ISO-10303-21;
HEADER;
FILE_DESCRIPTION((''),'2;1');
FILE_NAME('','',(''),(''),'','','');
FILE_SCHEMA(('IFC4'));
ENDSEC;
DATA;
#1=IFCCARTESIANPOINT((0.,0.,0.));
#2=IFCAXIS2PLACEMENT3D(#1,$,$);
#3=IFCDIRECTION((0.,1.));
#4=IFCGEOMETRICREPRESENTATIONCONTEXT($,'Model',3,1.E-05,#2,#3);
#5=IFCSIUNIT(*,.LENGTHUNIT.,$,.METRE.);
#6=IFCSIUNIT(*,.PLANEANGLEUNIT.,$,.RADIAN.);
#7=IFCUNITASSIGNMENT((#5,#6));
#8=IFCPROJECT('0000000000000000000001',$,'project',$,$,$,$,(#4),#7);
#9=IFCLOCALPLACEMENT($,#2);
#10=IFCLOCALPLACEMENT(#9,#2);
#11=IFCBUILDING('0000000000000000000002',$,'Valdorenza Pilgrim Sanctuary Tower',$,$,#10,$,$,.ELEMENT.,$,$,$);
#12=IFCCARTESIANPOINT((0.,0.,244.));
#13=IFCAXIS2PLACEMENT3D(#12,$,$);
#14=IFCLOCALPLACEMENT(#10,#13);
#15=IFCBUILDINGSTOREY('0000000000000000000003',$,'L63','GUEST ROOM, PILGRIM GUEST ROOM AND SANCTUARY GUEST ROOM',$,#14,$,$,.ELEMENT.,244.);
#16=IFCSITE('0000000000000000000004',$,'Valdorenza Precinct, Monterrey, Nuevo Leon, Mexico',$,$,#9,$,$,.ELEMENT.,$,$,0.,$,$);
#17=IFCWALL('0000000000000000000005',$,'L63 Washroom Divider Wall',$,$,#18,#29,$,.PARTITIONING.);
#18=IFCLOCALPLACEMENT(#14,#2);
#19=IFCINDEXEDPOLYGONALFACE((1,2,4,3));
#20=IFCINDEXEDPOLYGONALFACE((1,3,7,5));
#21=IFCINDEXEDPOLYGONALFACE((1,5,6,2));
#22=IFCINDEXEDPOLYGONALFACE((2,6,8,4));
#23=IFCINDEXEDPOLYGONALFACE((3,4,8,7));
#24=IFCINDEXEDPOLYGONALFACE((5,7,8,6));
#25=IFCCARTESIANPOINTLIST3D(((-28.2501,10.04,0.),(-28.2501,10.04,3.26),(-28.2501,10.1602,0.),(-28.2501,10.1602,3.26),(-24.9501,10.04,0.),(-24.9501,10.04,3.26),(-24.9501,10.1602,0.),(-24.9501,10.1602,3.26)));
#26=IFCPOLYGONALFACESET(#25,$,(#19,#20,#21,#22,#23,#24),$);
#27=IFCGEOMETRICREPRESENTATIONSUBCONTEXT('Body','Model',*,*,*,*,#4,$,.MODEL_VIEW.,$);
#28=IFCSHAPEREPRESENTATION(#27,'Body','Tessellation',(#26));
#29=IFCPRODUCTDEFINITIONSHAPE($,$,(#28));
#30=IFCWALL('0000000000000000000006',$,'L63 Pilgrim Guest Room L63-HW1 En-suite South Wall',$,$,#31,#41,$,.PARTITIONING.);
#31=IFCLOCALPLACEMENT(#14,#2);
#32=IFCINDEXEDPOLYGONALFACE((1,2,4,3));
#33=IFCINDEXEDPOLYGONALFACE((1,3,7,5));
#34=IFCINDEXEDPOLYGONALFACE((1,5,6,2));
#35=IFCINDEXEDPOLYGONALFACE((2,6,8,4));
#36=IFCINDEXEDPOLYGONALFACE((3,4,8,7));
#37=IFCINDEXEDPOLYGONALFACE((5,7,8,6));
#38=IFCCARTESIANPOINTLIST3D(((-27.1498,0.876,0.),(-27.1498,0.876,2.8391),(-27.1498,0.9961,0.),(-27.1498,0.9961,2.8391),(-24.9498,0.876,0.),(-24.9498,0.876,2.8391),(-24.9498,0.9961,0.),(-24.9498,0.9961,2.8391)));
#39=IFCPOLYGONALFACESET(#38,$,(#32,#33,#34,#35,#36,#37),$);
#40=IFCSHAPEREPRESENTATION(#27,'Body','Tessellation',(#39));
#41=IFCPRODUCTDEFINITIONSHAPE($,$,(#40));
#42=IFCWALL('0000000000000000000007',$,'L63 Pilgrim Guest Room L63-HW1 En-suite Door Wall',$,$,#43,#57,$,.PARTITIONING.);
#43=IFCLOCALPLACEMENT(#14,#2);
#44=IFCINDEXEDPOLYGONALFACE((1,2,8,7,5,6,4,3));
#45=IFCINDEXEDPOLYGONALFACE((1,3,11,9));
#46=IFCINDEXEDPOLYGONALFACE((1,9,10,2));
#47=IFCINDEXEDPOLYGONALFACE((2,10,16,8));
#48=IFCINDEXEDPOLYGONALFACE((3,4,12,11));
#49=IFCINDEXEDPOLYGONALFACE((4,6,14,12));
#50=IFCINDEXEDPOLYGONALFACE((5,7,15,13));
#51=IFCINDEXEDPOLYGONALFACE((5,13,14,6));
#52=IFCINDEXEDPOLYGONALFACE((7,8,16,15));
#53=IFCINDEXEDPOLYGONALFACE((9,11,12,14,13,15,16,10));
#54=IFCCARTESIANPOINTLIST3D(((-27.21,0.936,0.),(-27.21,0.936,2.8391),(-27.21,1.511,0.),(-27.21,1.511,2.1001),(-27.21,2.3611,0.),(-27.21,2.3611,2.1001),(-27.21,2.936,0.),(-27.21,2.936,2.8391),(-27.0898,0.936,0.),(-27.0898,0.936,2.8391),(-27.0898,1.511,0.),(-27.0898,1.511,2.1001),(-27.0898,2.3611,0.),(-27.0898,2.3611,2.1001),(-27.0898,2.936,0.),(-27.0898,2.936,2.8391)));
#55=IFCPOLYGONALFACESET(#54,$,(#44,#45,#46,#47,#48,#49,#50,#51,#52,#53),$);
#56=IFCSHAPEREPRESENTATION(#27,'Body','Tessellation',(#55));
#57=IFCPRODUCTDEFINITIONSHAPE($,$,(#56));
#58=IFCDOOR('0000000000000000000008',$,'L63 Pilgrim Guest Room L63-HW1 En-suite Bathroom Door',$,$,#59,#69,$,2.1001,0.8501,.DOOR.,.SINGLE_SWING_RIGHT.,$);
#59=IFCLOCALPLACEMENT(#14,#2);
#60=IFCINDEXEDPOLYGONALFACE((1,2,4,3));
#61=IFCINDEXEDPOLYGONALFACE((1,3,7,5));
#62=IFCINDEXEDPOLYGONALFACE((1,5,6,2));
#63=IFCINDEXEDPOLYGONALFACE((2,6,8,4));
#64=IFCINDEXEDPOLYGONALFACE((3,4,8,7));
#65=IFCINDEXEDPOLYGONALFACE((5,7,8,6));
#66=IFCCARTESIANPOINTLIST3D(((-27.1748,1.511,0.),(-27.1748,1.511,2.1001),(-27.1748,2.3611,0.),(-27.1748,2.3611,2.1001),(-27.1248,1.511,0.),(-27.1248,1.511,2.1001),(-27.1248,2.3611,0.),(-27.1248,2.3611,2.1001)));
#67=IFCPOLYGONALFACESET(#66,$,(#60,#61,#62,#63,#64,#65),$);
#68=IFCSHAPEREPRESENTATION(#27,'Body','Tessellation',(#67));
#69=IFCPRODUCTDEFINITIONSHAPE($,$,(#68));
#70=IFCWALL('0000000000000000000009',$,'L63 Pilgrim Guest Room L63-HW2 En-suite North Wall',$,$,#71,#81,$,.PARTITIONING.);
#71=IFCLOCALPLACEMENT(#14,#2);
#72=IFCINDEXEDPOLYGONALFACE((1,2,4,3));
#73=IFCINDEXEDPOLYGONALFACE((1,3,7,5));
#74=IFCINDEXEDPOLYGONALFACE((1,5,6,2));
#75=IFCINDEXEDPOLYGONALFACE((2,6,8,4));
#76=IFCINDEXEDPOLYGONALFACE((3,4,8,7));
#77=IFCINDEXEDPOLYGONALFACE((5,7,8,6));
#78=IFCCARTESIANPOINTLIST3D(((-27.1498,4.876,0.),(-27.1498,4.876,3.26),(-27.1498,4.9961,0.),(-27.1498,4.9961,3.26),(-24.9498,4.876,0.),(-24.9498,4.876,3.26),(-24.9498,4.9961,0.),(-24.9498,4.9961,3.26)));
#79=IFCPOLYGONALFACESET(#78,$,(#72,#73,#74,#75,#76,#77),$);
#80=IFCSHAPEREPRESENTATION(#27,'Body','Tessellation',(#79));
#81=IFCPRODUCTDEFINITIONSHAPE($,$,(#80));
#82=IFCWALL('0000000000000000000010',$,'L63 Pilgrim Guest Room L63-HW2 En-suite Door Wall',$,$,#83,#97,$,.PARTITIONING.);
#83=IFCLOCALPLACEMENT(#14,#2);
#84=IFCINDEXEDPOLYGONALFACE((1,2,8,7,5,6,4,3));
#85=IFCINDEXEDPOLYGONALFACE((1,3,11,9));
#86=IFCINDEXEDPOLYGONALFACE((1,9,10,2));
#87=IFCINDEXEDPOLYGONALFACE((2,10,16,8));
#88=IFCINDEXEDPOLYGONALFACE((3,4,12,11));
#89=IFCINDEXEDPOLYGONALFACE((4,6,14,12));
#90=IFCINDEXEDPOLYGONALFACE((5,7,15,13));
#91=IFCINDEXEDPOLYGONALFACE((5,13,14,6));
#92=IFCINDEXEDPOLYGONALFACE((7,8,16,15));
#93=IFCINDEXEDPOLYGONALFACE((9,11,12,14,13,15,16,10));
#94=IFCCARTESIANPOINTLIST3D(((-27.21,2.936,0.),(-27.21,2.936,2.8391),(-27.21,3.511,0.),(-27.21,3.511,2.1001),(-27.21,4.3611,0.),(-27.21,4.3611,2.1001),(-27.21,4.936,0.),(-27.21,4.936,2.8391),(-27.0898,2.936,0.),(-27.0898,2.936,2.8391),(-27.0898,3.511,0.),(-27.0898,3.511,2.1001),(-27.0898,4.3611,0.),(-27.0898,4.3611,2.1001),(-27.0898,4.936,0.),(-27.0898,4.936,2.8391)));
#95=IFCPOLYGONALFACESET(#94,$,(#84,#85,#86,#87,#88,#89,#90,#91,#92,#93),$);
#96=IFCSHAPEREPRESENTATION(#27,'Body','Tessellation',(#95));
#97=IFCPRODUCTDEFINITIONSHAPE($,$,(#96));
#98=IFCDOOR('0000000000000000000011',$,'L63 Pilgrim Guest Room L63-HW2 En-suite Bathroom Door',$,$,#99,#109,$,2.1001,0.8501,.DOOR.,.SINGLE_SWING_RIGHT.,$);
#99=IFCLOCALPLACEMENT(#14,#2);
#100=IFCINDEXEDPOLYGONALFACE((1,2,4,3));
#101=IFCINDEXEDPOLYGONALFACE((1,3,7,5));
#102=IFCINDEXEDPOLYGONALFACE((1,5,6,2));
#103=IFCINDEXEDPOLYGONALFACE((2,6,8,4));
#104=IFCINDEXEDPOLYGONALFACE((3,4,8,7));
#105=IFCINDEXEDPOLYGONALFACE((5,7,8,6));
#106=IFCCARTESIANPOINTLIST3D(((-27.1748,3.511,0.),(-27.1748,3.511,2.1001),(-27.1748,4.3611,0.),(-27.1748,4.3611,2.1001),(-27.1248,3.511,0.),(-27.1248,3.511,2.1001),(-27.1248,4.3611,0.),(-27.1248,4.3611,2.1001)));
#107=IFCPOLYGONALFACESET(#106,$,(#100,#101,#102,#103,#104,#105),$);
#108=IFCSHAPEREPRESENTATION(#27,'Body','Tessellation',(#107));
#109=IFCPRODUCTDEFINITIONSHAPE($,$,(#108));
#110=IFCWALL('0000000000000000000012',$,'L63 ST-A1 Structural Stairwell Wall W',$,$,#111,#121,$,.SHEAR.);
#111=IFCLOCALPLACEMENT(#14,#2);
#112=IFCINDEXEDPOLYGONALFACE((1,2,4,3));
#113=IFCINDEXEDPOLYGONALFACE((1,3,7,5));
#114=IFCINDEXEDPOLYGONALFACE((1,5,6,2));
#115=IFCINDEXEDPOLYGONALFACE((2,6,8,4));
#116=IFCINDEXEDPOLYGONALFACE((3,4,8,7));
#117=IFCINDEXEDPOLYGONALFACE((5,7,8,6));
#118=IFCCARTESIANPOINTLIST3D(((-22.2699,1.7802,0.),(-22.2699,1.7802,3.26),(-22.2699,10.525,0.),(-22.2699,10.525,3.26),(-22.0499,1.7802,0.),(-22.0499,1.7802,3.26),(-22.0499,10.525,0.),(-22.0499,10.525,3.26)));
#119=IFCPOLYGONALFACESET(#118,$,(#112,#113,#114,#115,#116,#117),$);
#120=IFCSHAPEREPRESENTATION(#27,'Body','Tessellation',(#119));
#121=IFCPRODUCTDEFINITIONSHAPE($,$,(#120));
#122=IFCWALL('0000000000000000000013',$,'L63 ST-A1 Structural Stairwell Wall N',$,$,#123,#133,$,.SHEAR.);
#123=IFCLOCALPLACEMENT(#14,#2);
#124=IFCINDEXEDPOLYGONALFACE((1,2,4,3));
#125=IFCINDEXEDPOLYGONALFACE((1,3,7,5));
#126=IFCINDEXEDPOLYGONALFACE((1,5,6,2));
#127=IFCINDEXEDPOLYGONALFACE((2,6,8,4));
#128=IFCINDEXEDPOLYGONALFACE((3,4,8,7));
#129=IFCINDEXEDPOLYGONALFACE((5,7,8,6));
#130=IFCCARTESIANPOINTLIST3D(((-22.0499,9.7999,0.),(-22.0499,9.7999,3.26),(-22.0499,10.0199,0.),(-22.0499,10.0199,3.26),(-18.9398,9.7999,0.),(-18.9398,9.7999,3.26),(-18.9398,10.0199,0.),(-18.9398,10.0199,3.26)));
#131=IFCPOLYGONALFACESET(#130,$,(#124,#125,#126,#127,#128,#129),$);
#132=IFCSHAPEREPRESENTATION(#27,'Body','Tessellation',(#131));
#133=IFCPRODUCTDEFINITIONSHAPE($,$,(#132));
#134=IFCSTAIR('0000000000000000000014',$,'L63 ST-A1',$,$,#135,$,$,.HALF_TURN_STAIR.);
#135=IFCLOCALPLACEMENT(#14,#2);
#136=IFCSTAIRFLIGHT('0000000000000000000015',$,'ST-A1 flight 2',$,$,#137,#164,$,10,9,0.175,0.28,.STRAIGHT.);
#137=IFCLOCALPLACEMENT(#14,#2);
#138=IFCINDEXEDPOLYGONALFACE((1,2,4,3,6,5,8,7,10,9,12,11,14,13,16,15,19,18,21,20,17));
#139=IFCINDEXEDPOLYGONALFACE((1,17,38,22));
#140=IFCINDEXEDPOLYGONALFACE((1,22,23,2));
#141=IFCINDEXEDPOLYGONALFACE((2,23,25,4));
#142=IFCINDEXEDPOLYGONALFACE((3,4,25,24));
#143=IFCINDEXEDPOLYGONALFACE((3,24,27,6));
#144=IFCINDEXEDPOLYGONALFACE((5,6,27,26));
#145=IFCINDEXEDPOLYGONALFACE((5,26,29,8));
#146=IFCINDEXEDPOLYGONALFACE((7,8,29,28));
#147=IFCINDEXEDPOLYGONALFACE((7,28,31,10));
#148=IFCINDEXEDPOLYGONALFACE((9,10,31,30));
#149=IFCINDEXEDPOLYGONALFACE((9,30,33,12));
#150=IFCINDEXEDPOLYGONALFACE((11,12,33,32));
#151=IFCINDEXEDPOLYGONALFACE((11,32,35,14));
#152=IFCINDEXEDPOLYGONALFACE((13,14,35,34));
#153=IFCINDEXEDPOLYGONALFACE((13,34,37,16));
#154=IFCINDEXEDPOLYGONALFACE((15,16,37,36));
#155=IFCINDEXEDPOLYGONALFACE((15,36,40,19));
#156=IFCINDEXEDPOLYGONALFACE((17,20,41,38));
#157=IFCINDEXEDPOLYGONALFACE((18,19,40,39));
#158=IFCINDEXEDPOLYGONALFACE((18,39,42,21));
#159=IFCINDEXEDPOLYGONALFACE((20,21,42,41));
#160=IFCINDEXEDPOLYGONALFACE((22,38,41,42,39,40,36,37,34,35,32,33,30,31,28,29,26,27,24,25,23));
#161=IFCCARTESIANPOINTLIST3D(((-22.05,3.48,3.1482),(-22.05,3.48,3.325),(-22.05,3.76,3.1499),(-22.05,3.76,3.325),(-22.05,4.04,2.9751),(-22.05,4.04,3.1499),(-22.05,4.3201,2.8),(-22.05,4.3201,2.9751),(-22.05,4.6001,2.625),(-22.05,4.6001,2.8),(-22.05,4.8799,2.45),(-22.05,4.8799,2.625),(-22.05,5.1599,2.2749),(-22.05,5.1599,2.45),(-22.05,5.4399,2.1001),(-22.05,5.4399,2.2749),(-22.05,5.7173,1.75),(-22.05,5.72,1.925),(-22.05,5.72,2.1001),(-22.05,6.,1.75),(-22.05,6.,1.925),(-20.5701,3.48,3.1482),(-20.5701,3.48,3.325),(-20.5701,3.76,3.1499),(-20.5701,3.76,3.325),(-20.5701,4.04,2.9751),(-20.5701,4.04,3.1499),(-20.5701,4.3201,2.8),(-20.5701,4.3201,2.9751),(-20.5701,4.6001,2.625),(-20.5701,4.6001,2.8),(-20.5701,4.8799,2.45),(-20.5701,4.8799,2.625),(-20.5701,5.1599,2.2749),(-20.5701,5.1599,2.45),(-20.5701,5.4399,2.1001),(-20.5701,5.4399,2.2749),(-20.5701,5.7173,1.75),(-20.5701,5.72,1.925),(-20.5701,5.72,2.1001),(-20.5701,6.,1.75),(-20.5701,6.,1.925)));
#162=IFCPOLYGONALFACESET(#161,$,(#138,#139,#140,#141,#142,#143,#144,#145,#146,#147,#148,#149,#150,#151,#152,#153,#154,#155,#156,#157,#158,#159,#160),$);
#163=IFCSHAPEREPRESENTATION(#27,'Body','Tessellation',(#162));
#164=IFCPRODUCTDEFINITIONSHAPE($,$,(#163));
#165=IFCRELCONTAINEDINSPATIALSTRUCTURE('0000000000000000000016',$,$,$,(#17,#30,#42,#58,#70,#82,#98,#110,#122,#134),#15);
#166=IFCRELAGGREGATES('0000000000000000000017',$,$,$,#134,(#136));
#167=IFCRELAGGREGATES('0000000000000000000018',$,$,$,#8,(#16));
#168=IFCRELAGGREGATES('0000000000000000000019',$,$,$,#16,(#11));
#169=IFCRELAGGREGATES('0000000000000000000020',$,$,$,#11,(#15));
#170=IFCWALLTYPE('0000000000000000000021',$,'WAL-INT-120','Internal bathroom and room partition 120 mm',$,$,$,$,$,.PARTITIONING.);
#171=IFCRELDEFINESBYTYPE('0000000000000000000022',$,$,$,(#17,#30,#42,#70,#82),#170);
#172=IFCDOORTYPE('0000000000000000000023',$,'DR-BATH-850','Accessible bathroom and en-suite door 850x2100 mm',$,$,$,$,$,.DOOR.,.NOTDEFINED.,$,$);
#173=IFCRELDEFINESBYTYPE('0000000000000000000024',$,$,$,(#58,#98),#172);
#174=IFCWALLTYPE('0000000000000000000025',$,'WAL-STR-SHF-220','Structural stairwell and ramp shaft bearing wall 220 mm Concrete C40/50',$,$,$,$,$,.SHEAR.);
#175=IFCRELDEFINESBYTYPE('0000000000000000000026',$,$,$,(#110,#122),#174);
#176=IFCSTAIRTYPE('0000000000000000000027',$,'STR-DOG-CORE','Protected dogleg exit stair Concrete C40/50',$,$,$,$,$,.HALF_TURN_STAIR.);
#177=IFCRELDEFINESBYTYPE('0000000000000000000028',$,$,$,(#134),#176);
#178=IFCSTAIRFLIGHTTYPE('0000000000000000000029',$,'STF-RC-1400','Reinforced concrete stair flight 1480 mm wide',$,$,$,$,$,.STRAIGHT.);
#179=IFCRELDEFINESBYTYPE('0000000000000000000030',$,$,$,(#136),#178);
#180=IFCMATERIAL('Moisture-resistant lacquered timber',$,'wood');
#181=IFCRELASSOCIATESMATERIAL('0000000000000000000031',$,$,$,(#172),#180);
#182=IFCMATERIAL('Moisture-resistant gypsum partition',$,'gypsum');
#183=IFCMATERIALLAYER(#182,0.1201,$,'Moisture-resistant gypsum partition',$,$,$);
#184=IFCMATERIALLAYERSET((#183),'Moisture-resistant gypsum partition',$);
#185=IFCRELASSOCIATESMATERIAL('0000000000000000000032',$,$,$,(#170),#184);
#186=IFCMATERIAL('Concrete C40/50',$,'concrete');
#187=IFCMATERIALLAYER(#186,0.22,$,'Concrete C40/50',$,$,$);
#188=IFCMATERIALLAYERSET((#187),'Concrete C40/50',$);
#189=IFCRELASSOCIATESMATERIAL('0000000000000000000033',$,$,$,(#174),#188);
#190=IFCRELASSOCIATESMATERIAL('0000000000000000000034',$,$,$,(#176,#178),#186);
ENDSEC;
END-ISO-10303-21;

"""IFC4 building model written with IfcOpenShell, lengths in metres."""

from ifc_helpers import new_model, si_unit, direction, frame, frame_2d, origin, place, context, subcontext, project, spatial, polyline, rectangle, outline, extrude, material, layer, layer_set, type_object, element, fill, aggregate, save


model = new_model("IFC4")

# Units and contexts
model_context = context("Model", 3, precision=1e-05, world=origin(), true_north=direction((0.0, 1.0)))
body_context = subcontext(model_context, "Body", "Model", "MODEL_VIEW")
ifc_project = project(units=[si_unit("LENGTHUNIT", "METRE"), si_unit("PLANEANGLEUNIT", "RADIAN")], contexts=[model_context])

# Site, building, storey
site_placement = place(None, origin())
site = spatial("IfcSite", under=ifc_project, at=site_placement, Name="Valdorenza Precinct, Monterrey, Nuevo Leon, Mexico", CompositionType="ELEMENT", RefElevation=0.0)
building_placement = place(site_placement, origin())
building = spatial("IfcBuilding", under=site, at=building_placement, Name="Valdorenza Pilgrim Sanctuary Tower", CompositionType="ELEMENT")
storey_placement = place(building_placement, frame((0.0, 0.0, 244.0)))
storey = spatial("IfcBuildingStorey", under=building, at=storey_placement, Name="L63", Description="GUEST ROOM, PILGRIM GUEST ROOM AND SANCTUARY GUEST ROOM", CompositionType="ELEMENT", Elevation=244.0)

# Shared definitions
ifc_material_1 = material(Name="Moisture-resistant lacquered timber", Category="wood")
door_type_1 = type_object("IfcDoorType", Name="DR-BATH-850", Description="Accessible bathroom and en-suite door 850x2100 mm", OperationType="NOTDEFINED", PredefinedType="DOOR", material=ifc_material_1)

# Walls
ifc_material_2 = material(Name="Moisture-resistant gypsum partition", Category="gypsum")
ifc_layer_1 = layer(ifc_material_2, 0.1201, Name="Moisture-resistant gypsum partition")
ifc_layer_set_1 = layer_set([ifc_layer_1], Name="Moisture-resistant gypsum partition")
wall_type_1 = type_object("IfcWallType", Name="WAL-INT-120", Description="Internal bathroom and room partition 120 mm", PredefinedType="PARTITIONING", material=ifc_layer_set_1)
wall_1_placement = place(storey_placement, frame((-28.25, 10.1001, 0.0), z_axis=(0.0, 0.0, 1.0), x_axis=(1.0, 0.0, 0.0)))
element("IfcWall", 1, at=wall_1_placement, inside=storey, type_object=wall_type_1, Name="L63 Washroom Divider Wall", PredefinedType="PARTITIONING", context=body_context, shape_type="SweptSolid", body=[
    extrude(rectangle(XDim=3.3, YDim=0.1201, at=frame_2d((1.6499, 0.0))), origin(), (0.0, 0.0, 1.0), 3.26),
])
wall_2_placement = place(storey_placement, frame((-27.1499, 0.936, 0.0), z_axis=(0.0, 0.0, 1.0), x_axis=(1.0, 0.0, 0.0)))
element("IfcWall", 2, at=wall_2_placement, inside=storey, type_object=wall_type_1, Name="L63 Pilgrim Guest Room L63-HW1 En-suite South Wall", PredefinedType="PARTITIONING", context=body_context, shape_type="SweptSolid", body=[
    extrude(rectangle(XDim=2.2, YDim=0.1201, at=frame_2d((1.1001, 0.0))), origin(), (0.0, 0.0, 1.0), 2.8391),
])

# Wall, opening, door
wall_3_placement = place(storey_placement, frame((-27.1499, 0.936, 0.0), z_axis=(0.0, 0.0, 1.0), x_axis=(0.0, 1.0, 0.0)))
wall_3 = element("IfcWall", 3, at=wall_3_placement, inside=storey, type_object=wall_type_1, Name="L63 Pilgrim Guest Room L63-HW1 En-suite Door Wall", PredefinedType="PARTITIONING", context=body_context, shape_type="SweptSolid", body=[
    extrude(rectangle(XDim=2.0, YDim=0.1201, at=frame_2d((1.0, 0.0))), origin(), (0.0, 0.0, 1.0), 2.8391),
])
opening_1_placement = place(wall_3_placement, frame((0.575, 0.0, 0.0)))
opening_1 = element("IfcOpeningElement", 4, at=opening_1_placement, cuts=wall_3, PredefinedType="OPENING", context=body_context, shape_type="SweptSolid", body=[
    extrude(rectangle(XDim=0.8501, YDim=2.1001, at=frame_2d((0.425, 1.05))), frame((0.0, 0.075, 0.0), z_axis=(0.0, -1.0, 0.0), x_axis=(1.0, 0.0, 0.0)), (0.0, 0.0, 1.0), 0.1499),
])
door_1_placement = place(opening_1_placement, origin())
door_1 = element("IfcDoor", 5, at=door_1_placement, inside=storey, type_object=door_type_1, Name="L63 Pilgrim Guest Room L63-HW1 En-suite Bathroom Door", OperationType="SINGLE_SWING_RIGHT", OverallHeight=2.1001, OverallWidth=0.8501, PredefinedType="DOOR", context=body_context, shape_type="SweptSolid", body=[
    extrude(rectangle(XDim=0.8501, YDim=2.1001, at=frame_2d((0.425, 1.05))), frame((0.0, 0.0249, 0.0), z_axis=(0.0, -1.0, 0.0), x_axis=(1.0, 0.0, 0.0)), (0.0, 0.0, 1.0), 0.05),
])
fill(opening_1, door_1)

# Wall
wall_4_placement = place(storey_placement, frame((-27.1499, 4.936, 0.0), z_axis=(0.0, 0.0, 1.0), x_axis=(1.0, 0.0, 0.0)))
element("IfcWall", 6, at=wall_4_placement, inside=storey, type_object=wall_type_1, Name="L63 Pilgrim Guest Room L63-HW2 En-suite North Wall", PredefinedType="PARTITIONING", context=body_context, shape_type="SweptSolid", body=[
    extrude(rectangle(XDim=2.2, YDim=0.1201, at=frame_2d((1.1001, 0.0))), origin(), (0.0, 0.0, 1.0), 3.26),
])

# Wall, opening, door
wall_5_placement = place(storey_placement, frame((-27.1499, 2.936, 0.0), z_axis=(0.0, 0.0, 1.0), x_axis=(0.0, 1.0, 0.0)))
wall_5 = element("IfcWall", 7, at=wall_5_placement, inside=storey, type_object=wall_type_1, Name="L63 Pilgrim Guest Room L63-HW2 En-suite Door Wall", PredefinedType="PARTITIONING", context=body_context, shape_type="SweptSolid", body=[
    extrude(rectangle(XDim=2.0, YDim=0.1201, at=frame_2d((1.0, 0.0))), origin(), (0.0, 0.0, 1.0), 2.8391),
])
opening_2_placement = place(wall_5_placement, frame((0.575, 0.0, 0.0)))
opening_2 = element("IfcOpeningElement", 8, at=opening_2_placement, cuts=wall_5, PredefinedType="OPENING", context=body_context, shape_type="SweptSolid", body=[
    extrude(rectangle(XDim=0.8501, YDim=2.1001, at=frame_2d((0.425, 1.05))), frame((0.0, 0.075, 0.0), z_axis=(0.0, -1.0, 0.0), x_axis=(1.0, 0.0, 0.0)), (0.0, 0.0, 1.0), 0.1499),
])
door_2_placement = place(opening_2_placement, origin())
door_2 = element("IfcDoor", 9, at=door_2_placement, inside=storey, type_object=door_type_1, Name="L63 Pilgrim Guest Room L63-HW2 En-suite Bathroom Door", OperationType="SINGLE_SWING_RIGHT", OverallHeight=2.1001, OverallWidth=0.8501, PredefinedType="DOOR", context=body_context, shape_type="SweptSolid", body=[
    extrude(rectangle(XDim=0.8501, YDim=2.1001, at=frame_2d((0.425, 1.05))), frame((0.0, 0.0249, 0.0), z_axis=(0.0, -1.0, 0.0), x_axis=(1.0, 0.0, 0.0)), (0.0, 0.0, 1.0), 0.05),
])
fill(opening_2, door_2)

# Wall
ifc_material_3 = material(Name="Concrete C40/50", Category="concrete")
ifc_layer_2 = layer(ifc_material_3, 0.22, Name="Concrete C40/50")
ifc_layer_set_2 = layer_set([ifc_layer_2], Name="Concrete C40/50")
wall_type_2 = type_object("IfcWallType", Name="WAL-STR-SHF-220", Description="Structural stairwell and ramp shaft bearing wall 220 mm Concrete C40/50", PredefinedType="SHEAR", material=ifc_layer_set_2)
wall_6_placement = place(storey_placement, frame((-22.1599, 1.78, 0.0), z_axis=(0.0, 0.0, 1.0), x_axis=(0.0, 1.0, 0.0)))
element("IfcWall", 10, at=wall_6_placement, inside=storey, type_object=wall_type_2, Name="L63 ST-A1 Structural Stairwell Wall W", PredefinedType="SHEAR", context=body_context, shape_type="SweptSolid", body=[
    extrude(rectangle(XDim=8.7449, YDim=0.22, at=frame_2d((4.3726, 0.0))), origin(), (0.0, 0.0, 1.0), 3.26),
])

# Wall
wall_7_placement = place(storey_placement, frame((-22.05, 9.9099, 0.0), z_axis=(0.0, 0.0, 1.0), x_axis=(1.0, 0.0, 0.0)))
element("IfcWall", 11, at=wall_7_placement, inside=storey, type_object=wall_type_2, Name="L63 ST-A1 Structural Stairwell Wall N", PredefinedType="SHEAR", context=body_context, shape_type="SweptSolid", body=[
    extrude(rectangle(XDim=3.1101, YDim=0.22, at=frame_2d((1.5552, 0.0))), origin(), (0.0, 0.0, 1.0), 3.26),
])

# Stair, stair flight
stair_type = type_object("IfcStairType", Name="STR-DOG-CORE", Description="Protected dogleg exit stair Concrete C40/50", PredefinedType="HALF_TURN_STAIR", material=ifc_material_3)
stair_placement = place(storey_placement, origin())
stair = element("IfcStair", 12, at=stair_placement, inside=storey, type_object=stair_type, Name="L63 ST-A1", PredefinedType="HALF_TURN_STAIR")
stair_flight_type = type_object("IfcStairFlightType", Name="STF-RC-1400", Description="Reinforced concrete stair flight 1480 mm wide", PredefinedType="STRAIGHT", material=ifc_material_3)
stair_flight_placement = place(storey_placement, frame((-21.3101, 6.0, 1.75), z_axis=(0.0, 0.0, 1.0), x_axis=(0.0, -1.0, 0.0)))
stair_flight = element("IfcStairFlight", 13, at=stair_flight_placement, type_object=stair_flight_type, Name="ST-A1 flight 2", NumberOfRisers=10, NumberOfTreads=9, PredefinedType="STRAIGHT", RiserHeight=0.175, TreadLength=0.28, context=body_context, shape_type="SweptSolid", body=[
    extrude(outline(polyline([(0.0, 0.0), (0.0, 0.175), (0.28, 0.175), (0.28, 0.3501), (0.5601, 0.3501), (0.5601, 0.5249), (0.8401, 0.5249), (0.8401, 0.7), (1.1201, 0.7), (1.1201, 0.875), (1.3999, 0.875), (1.3999, 1.05), (1.6799, 1.05), (1.6799, 1.2251), (1.96, 1.2251), (1.96, 1.3999), (2.24, 1.3999), (2.24, 1.575), (2.52, 1.575), (2.52, 1.75), (2.52, 1.3982), (0.2827, 0.0), (0.0, 0.0)])), frame((0.0, 0.74, 0.0), z_axis=(0.0, -1.0, 0.0), x_axis=(1.0, 0.0, 0.0)), (0.0, 0.0, 1.0), 1.48),
])
aggregate(stair, [stair_flight])

save(model, "model.ifc")
